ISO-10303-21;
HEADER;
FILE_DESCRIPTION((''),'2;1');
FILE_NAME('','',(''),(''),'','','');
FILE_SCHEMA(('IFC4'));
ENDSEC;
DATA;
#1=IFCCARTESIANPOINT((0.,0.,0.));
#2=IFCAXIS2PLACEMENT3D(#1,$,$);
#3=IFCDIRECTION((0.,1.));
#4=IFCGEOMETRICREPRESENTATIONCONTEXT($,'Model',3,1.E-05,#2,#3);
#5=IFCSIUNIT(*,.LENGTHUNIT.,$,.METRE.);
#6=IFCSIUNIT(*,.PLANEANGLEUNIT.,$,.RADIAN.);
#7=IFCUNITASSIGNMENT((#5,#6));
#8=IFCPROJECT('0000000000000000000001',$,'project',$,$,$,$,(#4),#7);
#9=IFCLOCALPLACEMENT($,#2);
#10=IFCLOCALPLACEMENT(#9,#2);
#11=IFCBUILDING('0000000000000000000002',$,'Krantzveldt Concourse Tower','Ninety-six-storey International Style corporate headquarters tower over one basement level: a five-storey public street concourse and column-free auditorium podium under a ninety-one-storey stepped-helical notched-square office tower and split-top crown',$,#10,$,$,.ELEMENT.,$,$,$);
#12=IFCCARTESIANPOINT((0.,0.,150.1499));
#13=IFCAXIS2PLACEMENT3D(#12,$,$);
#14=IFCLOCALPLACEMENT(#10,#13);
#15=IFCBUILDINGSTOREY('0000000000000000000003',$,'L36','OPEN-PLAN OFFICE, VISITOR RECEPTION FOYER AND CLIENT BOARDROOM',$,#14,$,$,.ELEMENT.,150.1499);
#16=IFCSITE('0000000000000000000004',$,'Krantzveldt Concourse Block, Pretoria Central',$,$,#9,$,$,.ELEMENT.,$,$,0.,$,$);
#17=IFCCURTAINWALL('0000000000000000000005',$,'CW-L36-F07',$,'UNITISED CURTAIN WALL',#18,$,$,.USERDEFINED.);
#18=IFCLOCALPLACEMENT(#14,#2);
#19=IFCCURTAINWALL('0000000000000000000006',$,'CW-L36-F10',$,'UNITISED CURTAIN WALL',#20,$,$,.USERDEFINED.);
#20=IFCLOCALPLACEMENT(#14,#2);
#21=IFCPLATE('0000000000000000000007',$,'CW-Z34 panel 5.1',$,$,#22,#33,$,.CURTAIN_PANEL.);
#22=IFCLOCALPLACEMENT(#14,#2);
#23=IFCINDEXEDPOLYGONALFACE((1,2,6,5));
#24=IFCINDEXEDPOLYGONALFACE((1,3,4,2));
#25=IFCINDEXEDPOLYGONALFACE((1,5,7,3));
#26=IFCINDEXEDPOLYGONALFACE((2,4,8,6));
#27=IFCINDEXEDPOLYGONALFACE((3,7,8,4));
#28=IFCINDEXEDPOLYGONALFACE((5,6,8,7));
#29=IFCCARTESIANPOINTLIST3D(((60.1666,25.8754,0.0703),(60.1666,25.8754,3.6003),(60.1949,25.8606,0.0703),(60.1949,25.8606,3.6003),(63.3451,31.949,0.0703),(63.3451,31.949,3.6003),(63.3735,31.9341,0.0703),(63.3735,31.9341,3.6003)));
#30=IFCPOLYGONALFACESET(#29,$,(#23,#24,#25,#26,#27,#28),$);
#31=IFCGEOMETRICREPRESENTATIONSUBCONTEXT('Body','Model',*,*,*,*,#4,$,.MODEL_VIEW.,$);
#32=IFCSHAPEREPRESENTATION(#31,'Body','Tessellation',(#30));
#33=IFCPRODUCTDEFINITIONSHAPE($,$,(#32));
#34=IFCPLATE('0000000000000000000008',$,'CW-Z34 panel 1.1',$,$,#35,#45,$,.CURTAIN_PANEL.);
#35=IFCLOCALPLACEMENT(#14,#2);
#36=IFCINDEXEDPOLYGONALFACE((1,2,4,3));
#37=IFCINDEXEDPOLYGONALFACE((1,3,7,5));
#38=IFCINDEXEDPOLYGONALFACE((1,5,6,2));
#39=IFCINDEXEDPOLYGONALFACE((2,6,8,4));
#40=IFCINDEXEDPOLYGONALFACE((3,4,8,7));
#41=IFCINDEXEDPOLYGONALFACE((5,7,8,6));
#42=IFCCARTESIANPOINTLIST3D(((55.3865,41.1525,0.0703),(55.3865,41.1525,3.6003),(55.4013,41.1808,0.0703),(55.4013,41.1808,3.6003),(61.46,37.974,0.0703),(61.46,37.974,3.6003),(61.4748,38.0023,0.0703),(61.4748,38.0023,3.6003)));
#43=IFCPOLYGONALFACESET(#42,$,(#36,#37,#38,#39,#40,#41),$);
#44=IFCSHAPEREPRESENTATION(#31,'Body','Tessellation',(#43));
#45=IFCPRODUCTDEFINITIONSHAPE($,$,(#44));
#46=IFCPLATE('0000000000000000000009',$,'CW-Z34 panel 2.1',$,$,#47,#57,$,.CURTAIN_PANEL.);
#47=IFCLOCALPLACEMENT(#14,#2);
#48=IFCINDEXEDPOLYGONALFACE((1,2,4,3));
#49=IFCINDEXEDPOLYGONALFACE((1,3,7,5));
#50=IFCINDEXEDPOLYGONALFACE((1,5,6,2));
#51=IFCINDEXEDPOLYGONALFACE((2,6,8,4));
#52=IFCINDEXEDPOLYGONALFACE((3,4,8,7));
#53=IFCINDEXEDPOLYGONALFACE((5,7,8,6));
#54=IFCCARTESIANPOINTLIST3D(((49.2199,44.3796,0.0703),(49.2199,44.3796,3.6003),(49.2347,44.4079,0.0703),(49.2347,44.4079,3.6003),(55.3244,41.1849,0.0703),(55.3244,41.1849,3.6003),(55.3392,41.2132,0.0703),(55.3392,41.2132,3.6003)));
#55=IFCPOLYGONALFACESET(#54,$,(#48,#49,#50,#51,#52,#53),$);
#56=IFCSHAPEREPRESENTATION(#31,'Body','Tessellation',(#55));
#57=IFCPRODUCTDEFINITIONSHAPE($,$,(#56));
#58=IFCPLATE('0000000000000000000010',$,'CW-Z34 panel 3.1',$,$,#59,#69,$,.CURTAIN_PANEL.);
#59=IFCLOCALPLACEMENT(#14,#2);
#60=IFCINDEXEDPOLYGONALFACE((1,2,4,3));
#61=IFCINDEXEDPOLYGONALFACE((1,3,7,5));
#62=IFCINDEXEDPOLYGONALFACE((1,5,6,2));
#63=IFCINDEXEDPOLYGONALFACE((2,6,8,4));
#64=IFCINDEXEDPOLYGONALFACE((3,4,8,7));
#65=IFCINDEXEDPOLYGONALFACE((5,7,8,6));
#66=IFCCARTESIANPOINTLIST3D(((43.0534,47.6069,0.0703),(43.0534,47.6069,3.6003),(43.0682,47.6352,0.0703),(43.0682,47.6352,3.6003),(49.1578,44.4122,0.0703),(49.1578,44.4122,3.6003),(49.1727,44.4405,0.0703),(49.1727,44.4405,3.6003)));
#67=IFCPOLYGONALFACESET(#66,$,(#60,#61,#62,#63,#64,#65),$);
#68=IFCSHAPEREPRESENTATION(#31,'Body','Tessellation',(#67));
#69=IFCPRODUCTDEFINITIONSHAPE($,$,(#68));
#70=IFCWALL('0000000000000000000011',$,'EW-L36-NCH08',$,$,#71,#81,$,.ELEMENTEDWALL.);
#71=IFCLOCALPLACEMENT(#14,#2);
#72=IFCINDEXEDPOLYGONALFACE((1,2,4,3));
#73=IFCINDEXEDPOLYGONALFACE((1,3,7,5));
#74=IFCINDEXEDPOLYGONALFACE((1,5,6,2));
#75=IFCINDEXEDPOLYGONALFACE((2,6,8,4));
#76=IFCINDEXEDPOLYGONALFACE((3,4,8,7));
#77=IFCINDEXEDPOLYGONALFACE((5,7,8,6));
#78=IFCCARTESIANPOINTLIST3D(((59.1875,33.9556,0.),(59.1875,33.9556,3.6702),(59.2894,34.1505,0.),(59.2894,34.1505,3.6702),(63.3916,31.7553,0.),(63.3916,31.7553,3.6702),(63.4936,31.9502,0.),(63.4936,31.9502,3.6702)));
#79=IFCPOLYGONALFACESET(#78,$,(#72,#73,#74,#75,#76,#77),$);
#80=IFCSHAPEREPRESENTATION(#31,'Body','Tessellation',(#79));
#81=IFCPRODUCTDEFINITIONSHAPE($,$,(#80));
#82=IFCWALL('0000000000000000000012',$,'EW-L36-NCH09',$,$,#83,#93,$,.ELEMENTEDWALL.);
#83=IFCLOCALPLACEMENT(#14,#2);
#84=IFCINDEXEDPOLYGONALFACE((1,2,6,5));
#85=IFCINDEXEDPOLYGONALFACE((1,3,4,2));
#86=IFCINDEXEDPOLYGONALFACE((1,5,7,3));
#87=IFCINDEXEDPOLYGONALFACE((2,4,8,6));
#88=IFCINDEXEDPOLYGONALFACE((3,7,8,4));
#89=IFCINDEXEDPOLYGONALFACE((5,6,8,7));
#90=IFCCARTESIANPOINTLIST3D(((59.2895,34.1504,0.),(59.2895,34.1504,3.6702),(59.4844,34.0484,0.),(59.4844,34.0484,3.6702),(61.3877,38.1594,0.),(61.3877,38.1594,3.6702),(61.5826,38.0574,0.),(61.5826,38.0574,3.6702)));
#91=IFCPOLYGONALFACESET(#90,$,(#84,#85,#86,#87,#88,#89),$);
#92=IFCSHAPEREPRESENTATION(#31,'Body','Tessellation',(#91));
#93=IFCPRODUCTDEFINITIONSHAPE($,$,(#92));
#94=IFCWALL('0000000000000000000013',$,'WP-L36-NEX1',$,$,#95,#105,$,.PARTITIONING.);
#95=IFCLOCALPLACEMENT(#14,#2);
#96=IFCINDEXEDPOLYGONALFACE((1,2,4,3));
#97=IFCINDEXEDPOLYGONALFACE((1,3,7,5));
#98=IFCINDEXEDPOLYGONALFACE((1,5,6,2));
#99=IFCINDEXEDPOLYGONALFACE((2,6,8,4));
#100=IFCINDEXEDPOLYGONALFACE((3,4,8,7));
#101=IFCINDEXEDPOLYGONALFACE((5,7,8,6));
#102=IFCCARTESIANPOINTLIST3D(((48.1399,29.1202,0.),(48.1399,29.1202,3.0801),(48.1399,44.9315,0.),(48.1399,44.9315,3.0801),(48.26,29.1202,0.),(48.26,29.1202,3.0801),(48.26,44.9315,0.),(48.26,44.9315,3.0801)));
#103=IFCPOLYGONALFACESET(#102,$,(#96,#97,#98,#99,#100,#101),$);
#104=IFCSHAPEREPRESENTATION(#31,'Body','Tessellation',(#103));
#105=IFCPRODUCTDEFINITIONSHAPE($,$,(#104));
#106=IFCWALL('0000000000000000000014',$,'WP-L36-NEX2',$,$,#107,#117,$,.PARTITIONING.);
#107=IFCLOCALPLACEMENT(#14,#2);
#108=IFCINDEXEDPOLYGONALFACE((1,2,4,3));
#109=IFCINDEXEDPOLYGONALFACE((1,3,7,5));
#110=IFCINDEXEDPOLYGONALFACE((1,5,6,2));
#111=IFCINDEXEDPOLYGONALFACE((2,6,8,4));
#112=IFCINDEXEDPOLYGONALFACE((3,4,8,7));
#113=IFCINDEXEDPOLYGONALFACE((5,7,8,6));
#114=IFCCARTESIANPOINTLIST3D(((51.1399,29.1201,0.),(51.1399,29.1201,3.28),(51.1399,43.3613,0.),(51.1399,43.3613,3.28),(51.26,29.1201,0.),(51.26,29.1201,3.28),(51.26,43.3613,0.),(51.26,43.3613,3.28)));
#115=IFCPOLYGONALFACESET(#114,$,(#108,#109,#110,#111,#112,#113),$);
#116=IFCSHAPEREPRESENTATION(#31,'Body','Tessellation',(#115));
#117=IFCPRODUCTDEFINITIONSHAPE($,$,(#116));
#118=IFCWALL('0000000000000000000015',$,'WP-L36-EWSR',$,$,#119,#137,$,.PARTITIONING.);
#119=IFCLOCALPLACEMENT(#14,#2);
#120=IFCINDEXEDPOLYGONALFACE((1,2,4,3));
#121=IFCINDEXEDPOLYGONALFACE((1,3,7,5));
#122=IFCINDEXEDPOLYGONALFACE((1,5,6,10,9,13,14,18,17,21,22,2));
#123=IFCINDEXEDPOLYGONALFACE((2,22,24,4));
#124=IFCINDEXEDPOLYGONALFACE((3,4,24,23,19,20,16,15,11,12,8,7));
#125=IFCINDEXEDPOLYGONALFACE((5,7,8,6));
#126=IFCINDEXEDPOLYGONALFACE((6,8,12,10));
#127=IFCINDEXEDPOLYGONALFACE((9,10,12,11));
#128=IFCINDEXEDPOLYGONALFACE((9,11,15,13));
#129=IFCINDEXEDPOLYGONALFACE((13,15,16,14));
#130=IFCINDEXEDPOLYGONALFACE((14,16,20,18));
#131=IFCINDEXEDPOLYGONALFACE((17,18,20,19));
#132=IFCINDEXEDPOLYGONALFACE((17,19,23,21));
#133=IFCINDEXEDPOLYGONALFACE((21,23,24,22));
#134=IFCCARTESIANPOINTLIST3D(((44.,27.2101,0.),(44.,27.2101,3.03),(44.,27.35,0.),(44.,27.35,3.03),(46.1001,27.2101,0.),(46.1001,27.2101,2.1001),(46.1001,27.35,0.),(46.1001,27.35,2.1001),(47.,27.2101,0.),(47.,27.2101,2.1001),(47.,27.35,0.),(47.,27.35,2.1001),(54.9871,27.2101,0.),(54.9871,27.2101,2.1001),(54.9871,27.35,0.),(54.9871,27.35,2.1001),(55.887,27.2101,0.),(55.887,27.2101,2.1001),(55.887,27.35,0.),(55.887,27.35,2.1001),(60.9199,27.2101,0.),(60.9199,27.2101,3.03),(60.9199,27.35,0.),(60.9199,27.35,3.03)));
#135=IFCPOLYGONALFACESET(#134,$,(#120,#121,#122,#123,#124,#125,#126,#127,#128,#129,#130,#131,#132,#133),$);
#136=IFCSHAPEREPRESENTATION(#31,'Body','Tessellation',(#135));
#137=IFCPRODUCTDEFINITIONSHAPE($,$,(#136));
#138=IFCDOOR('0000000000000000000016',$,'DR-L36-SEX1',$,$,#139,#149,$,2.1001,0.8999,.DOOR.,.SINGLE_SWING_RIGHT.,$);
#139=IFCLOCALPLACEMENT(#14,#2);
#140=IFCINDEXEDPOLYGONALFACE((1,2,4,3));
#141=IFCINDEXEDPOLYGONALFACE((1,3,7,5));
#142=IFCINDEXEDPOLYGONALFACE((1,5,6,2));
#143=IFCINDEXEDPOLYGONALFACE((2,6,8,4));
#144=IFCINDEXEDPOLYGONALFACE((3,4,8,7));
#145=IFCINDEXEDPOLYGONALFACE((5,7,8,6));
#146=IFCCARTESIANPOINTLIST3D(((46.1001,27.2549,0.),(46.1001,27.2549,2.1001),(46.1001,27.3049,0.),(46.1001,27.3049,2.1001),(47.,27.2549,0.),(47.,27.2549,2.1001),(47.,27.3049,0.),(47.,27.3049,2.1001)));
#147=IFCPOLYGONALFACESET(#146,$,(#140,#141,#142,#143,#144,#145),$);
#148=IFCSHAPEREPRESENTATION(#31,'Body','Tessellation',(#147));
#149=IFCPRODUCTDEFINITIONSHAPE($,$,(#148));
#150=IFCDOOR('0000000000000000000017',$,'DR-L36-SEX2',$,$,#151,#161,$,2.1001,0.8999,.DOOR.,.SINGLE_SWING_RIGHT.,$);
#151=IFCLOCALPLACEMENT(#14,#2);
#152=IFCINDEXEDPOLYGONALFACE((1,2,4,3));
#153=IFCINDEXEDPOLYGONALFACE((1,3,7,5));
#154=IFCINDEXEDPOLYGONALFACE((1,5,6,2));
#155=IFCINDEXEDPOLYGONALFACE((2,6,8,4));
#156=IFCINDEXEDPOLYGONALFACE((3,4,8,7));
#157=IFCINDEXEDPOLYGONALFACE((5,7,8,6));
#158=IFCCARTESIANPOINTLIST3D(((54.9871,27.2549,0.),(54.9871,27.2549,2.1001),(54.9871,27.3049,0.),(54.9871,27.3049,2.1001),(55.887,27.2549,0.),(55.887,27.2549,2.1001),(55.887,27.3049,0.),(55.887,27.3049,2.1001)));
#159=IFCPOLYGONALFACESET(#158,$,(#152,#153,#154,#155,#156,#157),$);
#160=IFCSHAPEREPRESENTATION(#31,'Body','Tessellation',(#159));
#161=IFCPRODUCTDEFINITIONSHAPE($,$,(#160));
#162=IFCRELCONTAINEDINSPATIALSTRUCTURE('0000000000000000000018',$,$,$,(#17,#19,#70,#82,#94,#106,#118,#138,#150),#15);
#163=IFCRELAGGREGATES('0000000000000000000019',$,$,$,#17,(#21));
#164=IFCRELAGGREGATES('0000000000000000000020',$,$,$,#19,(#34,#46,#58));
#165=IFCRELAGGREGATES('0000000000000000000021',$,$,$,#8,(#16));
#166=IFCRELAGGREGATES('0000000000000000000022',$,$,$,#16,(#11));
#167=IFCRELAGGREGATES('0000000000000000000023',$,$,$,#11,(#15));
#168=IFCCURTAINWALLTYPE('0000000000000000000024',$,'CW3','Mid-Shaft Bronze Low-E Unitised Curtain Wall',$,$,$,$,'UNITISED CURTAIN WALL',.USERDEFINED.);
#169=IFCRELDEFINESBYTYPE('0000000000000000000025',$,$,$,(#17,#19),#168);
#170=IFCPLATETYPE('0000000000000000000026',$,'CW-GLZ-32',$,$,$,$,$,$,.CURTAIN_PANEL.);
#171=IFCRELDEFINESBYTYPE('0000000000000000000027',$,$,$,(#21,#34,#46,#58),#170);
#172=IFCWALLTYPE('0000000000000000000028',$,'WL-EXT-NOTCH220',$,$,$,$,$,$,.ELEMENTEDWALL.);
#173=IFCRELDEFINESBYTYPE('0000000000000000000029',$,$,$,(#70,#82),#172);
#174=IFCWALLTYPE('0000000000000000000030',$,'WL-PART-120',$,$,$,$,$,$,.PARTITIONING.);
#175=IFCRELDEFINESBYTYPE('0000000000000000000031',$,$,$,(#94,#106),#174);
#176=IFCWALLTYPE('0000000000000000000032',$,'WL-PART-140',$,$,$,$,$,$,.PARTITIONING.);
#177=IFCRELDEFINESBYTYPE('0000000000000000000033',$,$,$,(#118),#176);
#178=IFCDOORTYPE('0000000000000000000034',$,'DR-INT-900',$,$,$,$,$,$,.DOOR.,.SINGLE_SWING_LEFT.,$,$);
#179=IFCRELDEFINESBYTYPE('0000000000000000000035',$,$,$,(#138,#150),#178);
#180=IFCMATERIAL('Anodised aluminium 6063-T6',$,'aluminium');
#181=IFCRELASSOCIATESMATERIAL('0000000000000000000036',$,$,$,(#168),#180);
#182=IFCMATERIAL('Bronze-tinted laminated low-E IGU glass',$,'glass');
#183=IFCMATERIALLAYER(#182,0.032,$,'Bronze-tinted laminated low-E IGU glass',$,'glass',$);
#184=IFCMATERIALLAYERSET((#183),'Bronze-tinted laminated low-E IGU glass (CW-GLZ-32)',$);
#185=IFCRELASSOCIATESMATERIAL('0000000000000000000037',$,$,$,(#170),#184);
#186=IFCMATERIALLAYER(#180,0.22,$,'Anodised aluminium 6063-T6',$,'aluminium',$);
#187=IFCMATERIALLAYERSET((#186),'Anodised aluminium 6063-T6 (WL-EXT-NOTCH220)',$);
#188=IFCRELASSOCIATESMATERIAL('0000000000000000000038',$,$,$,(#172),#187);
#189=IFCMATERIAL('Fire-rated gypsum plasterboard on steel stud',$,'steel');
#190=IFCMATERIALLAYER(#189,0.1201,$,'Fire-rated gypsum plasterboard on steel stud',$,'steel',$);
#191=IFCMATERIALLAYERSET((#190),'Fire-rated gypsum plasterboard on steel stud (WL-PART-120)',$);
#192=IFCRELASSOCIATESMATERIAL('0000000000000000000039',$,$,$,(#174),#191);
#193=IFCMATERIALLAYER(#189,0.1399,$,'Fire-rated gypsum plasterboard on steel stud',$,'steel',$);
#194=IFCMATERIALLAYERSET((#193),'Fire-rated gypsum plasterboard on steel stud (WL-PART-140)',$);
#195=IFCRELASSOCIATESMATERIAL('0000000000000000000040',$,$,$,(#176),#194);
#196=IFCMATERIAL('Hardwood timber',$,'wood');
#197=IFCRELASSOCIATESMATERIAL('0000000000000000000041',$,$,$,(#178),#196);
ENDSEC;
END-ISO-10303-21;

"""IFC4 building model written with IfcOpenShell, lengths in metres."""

from ifc_helpers import new_model, si_unit, direction, frame, frame_2d, origin, origin_2d, place, context, subcontext, project, spatial, rectangle, extrude, source, transform, mapped, material, layer, layer_set, type_object, type_shapes, element, fill, aggregate, save


model = new_model("IFC4")

# Units and contexts
model_context = context("Model", 3, precision=1e-05, world=origin(), true_north=direction((0.0, 1.0)))
body_context = subcontext(model_context, "Body", "Model", "MODEL_VIEW")
ifc_project = project(units=[si_unit("LENGTHUNIT", "METRE"), si_unit("PLANEANGLEUNIT", "RADIAN")], contexts=[model_context])

# Site, building, storey
site_placement = place(None, origin())
site = spatial("IfcSite", under=ifc_project, at=site_placement, Name="Krantzveldt Concourse Block, Pretoria Central", CompositionType="ELEMENT", RefElevation=0.0)
building_placement = place(site_placement, origin())
building = spatial("IfcBuilding", under=site, at=building_placement, Name="Krantzveldt Concourse Tower", Description="Ninety-six-storey International Style corporate headquarters tower over one basement level: a five-storey public street concourse and column-free auditorium podium under a ninety-one-storey stepped-helical notched-square office tower and split-top crown", CompositionType="ELEMENT")
storey_placement = place(building_placement, frame((0.0, 0.0, 150.1499)))
storey = spatial("IfcBuildingStorey", under=building, at=storey_placement, Name="L36", Description="OPEN-PLAN OFFICE, VISITOR RECEPTION FOYER AND CLIENT BOARDROOM", CompositionType="ELEMENT", Elevation=150.1499)

# Curtain wall
ifc_material_1 = material(Name="Anodised aluminium 6063-T6", Category="aluminium")
curtain_wall_type = type_object("IfcCurtainWallType", Name="CW3", Description="Mid-Shaft Bronze Low-E Unitised Curtain Wall", ElementType="UNITISED CURTAIN WALL", PredefinedType="USERDEFINED", material=ifc_material_1)
curtain_wall_1_placement = place(storey_placement, origin())
curtain_wall_1 = element("IfcCurtainWall", 1, at=curtain_wall_1_placement, inside=storey, type_object=curtain_wall_type, Name="CW-L36-F07", ObjectType="UNITISED CURTAIN WALL", PredefinedType="USERDEFINED")

# Curtain wall
curtain_wall_2_placement = place(storey_placement, origin())
curtain_wall_2 = element("IfcCurtainWall", 2, at=curtain_wall_2_placement, inside=storey, type_object=curtain_wall_type, Name="CW-L36-F10", ObjectType="UNITISED CURTAIN WALL", PredefinedType="USERDEFINED")

# Plates
ifc_material_2 = material(Name="Bronze-tinted laminated low-E IGU glass", Category="glass")
ifc_layer_1 = layer(ifc_material_2, 0.032, Name="Bronze-tinted laminated low-E IGU glass", Category="glass")
ifc_layer_set_1 = layer_set([ifc_layer_1], Name="Bronze-tinted laminated low-E IGU glass (CW-GLZ-32)")
plate_type = type_object("IfcPlateType", Name="CW-GLZ-32", PredefinedType="CURTAIN_PANEL", material=ifc_layer_set_1)
shared_shape_1 = source(origin(), body_context, "Body", "SweptSolid", [
    extrude(rectangle(XDim=6.855, YDim=0.032, at=origin_2d()), origin(), (0.0, 0.0, 1.0), 3.53),
])
plate_1_placement = place(storey_placement, frame((61.77, 28.9048, 0.0703), z_axis=(0.0, 0.0, 1.0), x_axis=(0.463683, 0.886001, 0.0)))
plate_1 = element("IfcPlate", 3, at=plate_1_placement, type_object=plate_type, Name="CW-Z34 panel 5.1", PredefinedType="CURTAIN_PANEL", context=body_context, shape_type="MappedRepresentation", body=[
    mapped(shared_shape_1, transform((0.0, 0.0, 0.0), x_axis=(1.0, 0.0, 0.0), y_axis=(0.0, 1.0, 0.0), z_axis=(0.0, 0.0, 1.0), scale=1.0)),
])
aggregate(curtain_wall_1, [plate_1])
plate_2_placement = place(storey_placement, frame((58.4307, 39.5774, 0.0703), z_axis=(0.0, 0.0, 1.0), x_axis=(-0.886001, 0.463683, 0.0)))
plate_2 = element("IfcPlate", 4, at=plate_2_placement, type_object=plate_type, Name="CW-Z34 panel 1.1", PredefinedType="CURTAIN_PANEL", context=body_context, shape_type="MappedRepresentation", body=[
    mapped(shared_shape_1, transform((0.0, 0.0, 0.0), x_axis=(1.0, 0.0, 0.0), y_axis=(0.0, 1.0, 0.0), z_axis=(0.0, 0.0, 1.0), scale=1.0)),
])
shared_shape_2 = source(origin(), body_context, "Body", "SweptSolid", [
    extrude(rectangle(XDim=6.8899, YDim=0.032, at=origin_2d()), origin(), (0.0, 0.0, 1.0), 3.53),
])
type_shapes(plate_type, [shared_shape_1, shared_shape_2])
plate_3_placement = place(storey_placement, frame((52.2795, 42.7964, 0.0703), z_axis=(0.0, 0.0, 1.0), x_axis=(-0.886001, 0.463683, 0.0)))
plate_3 = element("IfcPlate", 5, at=plate_3_placement, type_object=plate_type, Name="CW-Z34 panel 2.1", PredefinedType="CURTAIN_PANEL", context=body_context, shape_type="MappedRepresentation", body=[
    mapped(shared_shape_2, transform((0.0, 0.0, 0.0), x_axis=(1.0, 0.0, 0.0), y_axis=(0.0, 1.0, 0.0), z_axis=(0.0, 0.0, 1.0), scale=1.0)),
])
plate_4_placement = place(storey_placement, frame((46.113, 46.0237, 0.0703), z_axis=(0.0, 0.0, 1.0), x_axis=(-0.886001, 0.463683, 0.0)))
plate_4 = element("IfcPlate", 6, at=plate_4_placement, type_object=plate_type, Name="CW-Z34 panel 3.1", PredefinedType="CURTAIN_PANEL", context=body_context, shape_type="MappedRepresentation", body=[
    mapped(shared_shape_2, transform((0.0, 0.0, 0.0), x_axis=(1.0, 0.0, 0.0), y_axis=(0.0, 1.0, 0.0), z_axis=(0.0, 0.0, 1.0), scale=1.0)),
])
aggregate(curtain_wall_2, [plate_2, plate_3, plate_4])

# Walls
ifc_layer_2 = layer(ifc_material_1, 0.22, Name="Anodised aluminium 6063-T6", Category="aluminium")
ifc_layer_set_2 = layer_set([ifc_layer_2], Name="Anodised aluminium 6063-T6 (WL-EXT-NOTCH220)")
wall_type_1 = type_object("IfcWallType", Name="WL-EXT-NOTCH220", PredefinedType="ELEMENTEDWALL", material=ifc_layer_set_2)
wall_1_placement = place(storey_placement, frame((63.4426, 31.8528, 0.0), z_axis=(0.0, 0.0, 1.0), x_axis=(-0.886001, 0.463684, 0.0)))
element("IfcWall", 7, at=wall_1_placement, inside=storey, type_object=wall_type_1, Name="EW-L36-NCH08", PredefinedType="ELEMENTEDWALL", context=body_context, shape_type="SweptSolid", body=[
    extrude(rectangle(XDim=4.7451, YDim=0.22, at=frame_2d((2.3726, 0.0))), origin(), (0.0, 0.0, 1.0), 3.6702),
])
wall_2_placement = place(storey_placement, frame((59.387, 34.0994, 0.0), z_axis=(0.0, 0.0, 1.0), x_axis=(0.46369, 0.885997, 0.0)))
element("IfcWall", 8, at=wall_2_placement, inside=storey, type_object=wall_type_1, Name="EW-L36-NCH09", PredefinedType="ELEMENTEDWALL", context=body_context, shape_type="SweptSolid", body=[
    extrude(rectangle(XDim=4.5249, YDim=0.22, at=frame_2d((2.2625, 0.0))), origin(), (0.0, 0.0, 1.0), 3.6702),
])
ifc_material_3 = material(Name="Fire-rated gypsum plasterboard on steel stud", Category="steel")
ifc_layer_3 = layer(ifc_material_3, 0.1201, Name="Fire-rated gypsum plasterboard on steel stud", Category="steel")
ifc_layer_set_3 = layer_set([ifc_layer_3], Name="Fire-rated gypsum plasterboard on steel stud (WL-PART-120)")
wall_type_2 = type_object("IfcWallType", Name="WL-PART-120", PredefinedType="PARTITIONING", material=ifc_layer_set_3)
wall_3_placement = place(storey_placement, frame((48.2, 29.1201, 0.0), z_axis=(0.0, 0.0, 1.0), x_axis=(0.0, 1.0, 0.0)))
element("IfcWall", 9, at=wall_3_placement, inside=storey, type_object=wall_type_2, Name="WP-L36-NEX1", PredefinedType="PARTITIONING", context=body_context, shape_type="SweptSolid", body=[
    extrude(rectangle(XDim=15.8113, YDim=0.1201, at=frame_2d((7.9058, 0.0))), origin(), (0.0, 0.0, 1.0), 3.0801),
])
wall_4_placement = place(storey_placement, frame((51.2, 29.1201, 0.0), z_axis=(0.0, 0.0, 1.0), x_axis=(0.0, 1.0, 0.0)))
element("IfcWall", 10, at=wall_4_placement, inside=storey, type_object=wall_type_2, Name="WP-L36-NEX2", PredefinedType="PARTITIONING", context=body_context, shape_type="SweptSolid", body=[
    extrude(rectangle(XDim=14.2412, YDim=0.1201, at=frame_2d((7.1206, 0.0))), origin(), (0.0, 0.0, 1.0), 3.28),
])

# Wall, openings, doors
ifc_layer_4 = layer(ifc_material_3, 0.1399, Name="Fire-rated gypsum plasterboard on steel stud", Category="steel")
ifc_layer_set_4 = layer_set([ifc_layer_4], Name="Fire-rated gypsum plasterboard on steel stud (WL-PART-140)")
wall_type_3 = type_object("IfcWallType", Name="WL-PART-140", PredefinedType="PARTITIONING", material=ifc_layer_set_4)
wall_5_placement = place(storey_placement, frame((44.0, 27.28, 0.0), z_axis=(0.0, 0.0, 1.0), x_axis=(1.0, 0.0, 0.0)))
wall_5 = element("IfcWall", 11, at=wall_5_placement, inside=storey, type_object=wall_type_3, Name="WP-L36-EWSR", PredefinedType="PARTITIONING", context=body_context, shape_type="SweptSolid", body=[
    extrude(rectangle(XDim=16.9199, YDim=0.1399, at=frame_2d((8.46, 0.0))), origin(), (0.0, 0.0, 1.0), 3.03),
])
opening_1_placement = place(wall_5_placement, frame((2.1001, 0.0, 0.0)))
opening_1 = element("IfcOpeningElement", 12, at=opening_1_placement, cuts=wall_5, PredefinedType="OPENING", context=body_context, shape_type="SweptSolid", body=[
    extrude(rectangle(XDim=0.8999, YDim=2.1001, at=frame_2d((0.45, 1.05))), frame((0.0, 0.0801, 0.0), z_axis=(0.0, -1.0, 0.0), x_axis=(1.0, 0.0, 0.0)), (0.0, 0.0, 1.0), 0.1599),
])
opening_2_placement = place(wall_5_placement, frame((10.9871, 0.0, 0.0)))
opening_2 = element("IfcOpeningElement", 13, at=opening_2_placement, cuts=wall_5, PredefinedType="OPENING", context=body_context, shape_type="SweptSolid", body=[
    extrude(rectangle(XDim=0.8999, YDim=2.1001, at=frame_2d((0.45, 1.05))), frame((0.0, 0.0801, 0.0), z_axis=(0.0, -1.0, 0.0), x_axis=(1.0, 0.0, 0.0)), (0.0, 0.0, 1.0), 0.1599),
])
ifc_material_4 = material(Name="Hardwood timber", Category="wood")
door_type = type_object("IfcDoorType", Name="DR-INT-900", OperationType="SINGLE_SWING_LEFT", PredefinedType="DOOR", material=ifc_material_4)
door_1_placement = place(opening_1_placement, origin())
door_1 = element("IfcDoor", 14, at=door_1_placement, inside=storey, type_object=door_type, Name="DR-L36-SEX1", OperationType="SINGLE_SWING_RIGHT", OverallHeight=2.1001, OverallWidth=0.8999, PredefinedType="DOOR", context=body_context, shape_type="SweptSolid", body=[
    extrude(rectangle(XDim=0.8999, YDim=2.1001, at=frame_2d((0.45, 1.05))), frame((0.0, 0.0249, 0.0), z_axis=(0.0, -1.0, 0.0), x_axis=(1.0, 0.0, 0.0)), (0.0, 0.0, 1.0), 0.05),
])
fill(opening_1, door_1)
door_2_placement = place(opening_2_placement, origin())
door_2 = element("IfcDoor", 15, at=door_2_placement, inside=storey, type_object=door_type, Name="DR-L36-SEX2", OperationType="SINGLE_SWING_RIGHT", OverallHeight=2.1001, OverallWidth=0.8999, PredefinedType="DOOR", context=body_context, shape_type="SweptSolid", body=[
    extrude(rectangle(XDim=0.8999, YDim=2.1001, at=frame_2d((0.45, 1.05))), frame((0.0, 0.0249, 0.0), z_axis=(0.0, -1.0, 0.0), x_axis=(1.0, 0.0, 0.0)), (0.0, 0.0, 1.0), 0.05),
])
fill(opening_2, door_2)

save(model, "model.ifc")
